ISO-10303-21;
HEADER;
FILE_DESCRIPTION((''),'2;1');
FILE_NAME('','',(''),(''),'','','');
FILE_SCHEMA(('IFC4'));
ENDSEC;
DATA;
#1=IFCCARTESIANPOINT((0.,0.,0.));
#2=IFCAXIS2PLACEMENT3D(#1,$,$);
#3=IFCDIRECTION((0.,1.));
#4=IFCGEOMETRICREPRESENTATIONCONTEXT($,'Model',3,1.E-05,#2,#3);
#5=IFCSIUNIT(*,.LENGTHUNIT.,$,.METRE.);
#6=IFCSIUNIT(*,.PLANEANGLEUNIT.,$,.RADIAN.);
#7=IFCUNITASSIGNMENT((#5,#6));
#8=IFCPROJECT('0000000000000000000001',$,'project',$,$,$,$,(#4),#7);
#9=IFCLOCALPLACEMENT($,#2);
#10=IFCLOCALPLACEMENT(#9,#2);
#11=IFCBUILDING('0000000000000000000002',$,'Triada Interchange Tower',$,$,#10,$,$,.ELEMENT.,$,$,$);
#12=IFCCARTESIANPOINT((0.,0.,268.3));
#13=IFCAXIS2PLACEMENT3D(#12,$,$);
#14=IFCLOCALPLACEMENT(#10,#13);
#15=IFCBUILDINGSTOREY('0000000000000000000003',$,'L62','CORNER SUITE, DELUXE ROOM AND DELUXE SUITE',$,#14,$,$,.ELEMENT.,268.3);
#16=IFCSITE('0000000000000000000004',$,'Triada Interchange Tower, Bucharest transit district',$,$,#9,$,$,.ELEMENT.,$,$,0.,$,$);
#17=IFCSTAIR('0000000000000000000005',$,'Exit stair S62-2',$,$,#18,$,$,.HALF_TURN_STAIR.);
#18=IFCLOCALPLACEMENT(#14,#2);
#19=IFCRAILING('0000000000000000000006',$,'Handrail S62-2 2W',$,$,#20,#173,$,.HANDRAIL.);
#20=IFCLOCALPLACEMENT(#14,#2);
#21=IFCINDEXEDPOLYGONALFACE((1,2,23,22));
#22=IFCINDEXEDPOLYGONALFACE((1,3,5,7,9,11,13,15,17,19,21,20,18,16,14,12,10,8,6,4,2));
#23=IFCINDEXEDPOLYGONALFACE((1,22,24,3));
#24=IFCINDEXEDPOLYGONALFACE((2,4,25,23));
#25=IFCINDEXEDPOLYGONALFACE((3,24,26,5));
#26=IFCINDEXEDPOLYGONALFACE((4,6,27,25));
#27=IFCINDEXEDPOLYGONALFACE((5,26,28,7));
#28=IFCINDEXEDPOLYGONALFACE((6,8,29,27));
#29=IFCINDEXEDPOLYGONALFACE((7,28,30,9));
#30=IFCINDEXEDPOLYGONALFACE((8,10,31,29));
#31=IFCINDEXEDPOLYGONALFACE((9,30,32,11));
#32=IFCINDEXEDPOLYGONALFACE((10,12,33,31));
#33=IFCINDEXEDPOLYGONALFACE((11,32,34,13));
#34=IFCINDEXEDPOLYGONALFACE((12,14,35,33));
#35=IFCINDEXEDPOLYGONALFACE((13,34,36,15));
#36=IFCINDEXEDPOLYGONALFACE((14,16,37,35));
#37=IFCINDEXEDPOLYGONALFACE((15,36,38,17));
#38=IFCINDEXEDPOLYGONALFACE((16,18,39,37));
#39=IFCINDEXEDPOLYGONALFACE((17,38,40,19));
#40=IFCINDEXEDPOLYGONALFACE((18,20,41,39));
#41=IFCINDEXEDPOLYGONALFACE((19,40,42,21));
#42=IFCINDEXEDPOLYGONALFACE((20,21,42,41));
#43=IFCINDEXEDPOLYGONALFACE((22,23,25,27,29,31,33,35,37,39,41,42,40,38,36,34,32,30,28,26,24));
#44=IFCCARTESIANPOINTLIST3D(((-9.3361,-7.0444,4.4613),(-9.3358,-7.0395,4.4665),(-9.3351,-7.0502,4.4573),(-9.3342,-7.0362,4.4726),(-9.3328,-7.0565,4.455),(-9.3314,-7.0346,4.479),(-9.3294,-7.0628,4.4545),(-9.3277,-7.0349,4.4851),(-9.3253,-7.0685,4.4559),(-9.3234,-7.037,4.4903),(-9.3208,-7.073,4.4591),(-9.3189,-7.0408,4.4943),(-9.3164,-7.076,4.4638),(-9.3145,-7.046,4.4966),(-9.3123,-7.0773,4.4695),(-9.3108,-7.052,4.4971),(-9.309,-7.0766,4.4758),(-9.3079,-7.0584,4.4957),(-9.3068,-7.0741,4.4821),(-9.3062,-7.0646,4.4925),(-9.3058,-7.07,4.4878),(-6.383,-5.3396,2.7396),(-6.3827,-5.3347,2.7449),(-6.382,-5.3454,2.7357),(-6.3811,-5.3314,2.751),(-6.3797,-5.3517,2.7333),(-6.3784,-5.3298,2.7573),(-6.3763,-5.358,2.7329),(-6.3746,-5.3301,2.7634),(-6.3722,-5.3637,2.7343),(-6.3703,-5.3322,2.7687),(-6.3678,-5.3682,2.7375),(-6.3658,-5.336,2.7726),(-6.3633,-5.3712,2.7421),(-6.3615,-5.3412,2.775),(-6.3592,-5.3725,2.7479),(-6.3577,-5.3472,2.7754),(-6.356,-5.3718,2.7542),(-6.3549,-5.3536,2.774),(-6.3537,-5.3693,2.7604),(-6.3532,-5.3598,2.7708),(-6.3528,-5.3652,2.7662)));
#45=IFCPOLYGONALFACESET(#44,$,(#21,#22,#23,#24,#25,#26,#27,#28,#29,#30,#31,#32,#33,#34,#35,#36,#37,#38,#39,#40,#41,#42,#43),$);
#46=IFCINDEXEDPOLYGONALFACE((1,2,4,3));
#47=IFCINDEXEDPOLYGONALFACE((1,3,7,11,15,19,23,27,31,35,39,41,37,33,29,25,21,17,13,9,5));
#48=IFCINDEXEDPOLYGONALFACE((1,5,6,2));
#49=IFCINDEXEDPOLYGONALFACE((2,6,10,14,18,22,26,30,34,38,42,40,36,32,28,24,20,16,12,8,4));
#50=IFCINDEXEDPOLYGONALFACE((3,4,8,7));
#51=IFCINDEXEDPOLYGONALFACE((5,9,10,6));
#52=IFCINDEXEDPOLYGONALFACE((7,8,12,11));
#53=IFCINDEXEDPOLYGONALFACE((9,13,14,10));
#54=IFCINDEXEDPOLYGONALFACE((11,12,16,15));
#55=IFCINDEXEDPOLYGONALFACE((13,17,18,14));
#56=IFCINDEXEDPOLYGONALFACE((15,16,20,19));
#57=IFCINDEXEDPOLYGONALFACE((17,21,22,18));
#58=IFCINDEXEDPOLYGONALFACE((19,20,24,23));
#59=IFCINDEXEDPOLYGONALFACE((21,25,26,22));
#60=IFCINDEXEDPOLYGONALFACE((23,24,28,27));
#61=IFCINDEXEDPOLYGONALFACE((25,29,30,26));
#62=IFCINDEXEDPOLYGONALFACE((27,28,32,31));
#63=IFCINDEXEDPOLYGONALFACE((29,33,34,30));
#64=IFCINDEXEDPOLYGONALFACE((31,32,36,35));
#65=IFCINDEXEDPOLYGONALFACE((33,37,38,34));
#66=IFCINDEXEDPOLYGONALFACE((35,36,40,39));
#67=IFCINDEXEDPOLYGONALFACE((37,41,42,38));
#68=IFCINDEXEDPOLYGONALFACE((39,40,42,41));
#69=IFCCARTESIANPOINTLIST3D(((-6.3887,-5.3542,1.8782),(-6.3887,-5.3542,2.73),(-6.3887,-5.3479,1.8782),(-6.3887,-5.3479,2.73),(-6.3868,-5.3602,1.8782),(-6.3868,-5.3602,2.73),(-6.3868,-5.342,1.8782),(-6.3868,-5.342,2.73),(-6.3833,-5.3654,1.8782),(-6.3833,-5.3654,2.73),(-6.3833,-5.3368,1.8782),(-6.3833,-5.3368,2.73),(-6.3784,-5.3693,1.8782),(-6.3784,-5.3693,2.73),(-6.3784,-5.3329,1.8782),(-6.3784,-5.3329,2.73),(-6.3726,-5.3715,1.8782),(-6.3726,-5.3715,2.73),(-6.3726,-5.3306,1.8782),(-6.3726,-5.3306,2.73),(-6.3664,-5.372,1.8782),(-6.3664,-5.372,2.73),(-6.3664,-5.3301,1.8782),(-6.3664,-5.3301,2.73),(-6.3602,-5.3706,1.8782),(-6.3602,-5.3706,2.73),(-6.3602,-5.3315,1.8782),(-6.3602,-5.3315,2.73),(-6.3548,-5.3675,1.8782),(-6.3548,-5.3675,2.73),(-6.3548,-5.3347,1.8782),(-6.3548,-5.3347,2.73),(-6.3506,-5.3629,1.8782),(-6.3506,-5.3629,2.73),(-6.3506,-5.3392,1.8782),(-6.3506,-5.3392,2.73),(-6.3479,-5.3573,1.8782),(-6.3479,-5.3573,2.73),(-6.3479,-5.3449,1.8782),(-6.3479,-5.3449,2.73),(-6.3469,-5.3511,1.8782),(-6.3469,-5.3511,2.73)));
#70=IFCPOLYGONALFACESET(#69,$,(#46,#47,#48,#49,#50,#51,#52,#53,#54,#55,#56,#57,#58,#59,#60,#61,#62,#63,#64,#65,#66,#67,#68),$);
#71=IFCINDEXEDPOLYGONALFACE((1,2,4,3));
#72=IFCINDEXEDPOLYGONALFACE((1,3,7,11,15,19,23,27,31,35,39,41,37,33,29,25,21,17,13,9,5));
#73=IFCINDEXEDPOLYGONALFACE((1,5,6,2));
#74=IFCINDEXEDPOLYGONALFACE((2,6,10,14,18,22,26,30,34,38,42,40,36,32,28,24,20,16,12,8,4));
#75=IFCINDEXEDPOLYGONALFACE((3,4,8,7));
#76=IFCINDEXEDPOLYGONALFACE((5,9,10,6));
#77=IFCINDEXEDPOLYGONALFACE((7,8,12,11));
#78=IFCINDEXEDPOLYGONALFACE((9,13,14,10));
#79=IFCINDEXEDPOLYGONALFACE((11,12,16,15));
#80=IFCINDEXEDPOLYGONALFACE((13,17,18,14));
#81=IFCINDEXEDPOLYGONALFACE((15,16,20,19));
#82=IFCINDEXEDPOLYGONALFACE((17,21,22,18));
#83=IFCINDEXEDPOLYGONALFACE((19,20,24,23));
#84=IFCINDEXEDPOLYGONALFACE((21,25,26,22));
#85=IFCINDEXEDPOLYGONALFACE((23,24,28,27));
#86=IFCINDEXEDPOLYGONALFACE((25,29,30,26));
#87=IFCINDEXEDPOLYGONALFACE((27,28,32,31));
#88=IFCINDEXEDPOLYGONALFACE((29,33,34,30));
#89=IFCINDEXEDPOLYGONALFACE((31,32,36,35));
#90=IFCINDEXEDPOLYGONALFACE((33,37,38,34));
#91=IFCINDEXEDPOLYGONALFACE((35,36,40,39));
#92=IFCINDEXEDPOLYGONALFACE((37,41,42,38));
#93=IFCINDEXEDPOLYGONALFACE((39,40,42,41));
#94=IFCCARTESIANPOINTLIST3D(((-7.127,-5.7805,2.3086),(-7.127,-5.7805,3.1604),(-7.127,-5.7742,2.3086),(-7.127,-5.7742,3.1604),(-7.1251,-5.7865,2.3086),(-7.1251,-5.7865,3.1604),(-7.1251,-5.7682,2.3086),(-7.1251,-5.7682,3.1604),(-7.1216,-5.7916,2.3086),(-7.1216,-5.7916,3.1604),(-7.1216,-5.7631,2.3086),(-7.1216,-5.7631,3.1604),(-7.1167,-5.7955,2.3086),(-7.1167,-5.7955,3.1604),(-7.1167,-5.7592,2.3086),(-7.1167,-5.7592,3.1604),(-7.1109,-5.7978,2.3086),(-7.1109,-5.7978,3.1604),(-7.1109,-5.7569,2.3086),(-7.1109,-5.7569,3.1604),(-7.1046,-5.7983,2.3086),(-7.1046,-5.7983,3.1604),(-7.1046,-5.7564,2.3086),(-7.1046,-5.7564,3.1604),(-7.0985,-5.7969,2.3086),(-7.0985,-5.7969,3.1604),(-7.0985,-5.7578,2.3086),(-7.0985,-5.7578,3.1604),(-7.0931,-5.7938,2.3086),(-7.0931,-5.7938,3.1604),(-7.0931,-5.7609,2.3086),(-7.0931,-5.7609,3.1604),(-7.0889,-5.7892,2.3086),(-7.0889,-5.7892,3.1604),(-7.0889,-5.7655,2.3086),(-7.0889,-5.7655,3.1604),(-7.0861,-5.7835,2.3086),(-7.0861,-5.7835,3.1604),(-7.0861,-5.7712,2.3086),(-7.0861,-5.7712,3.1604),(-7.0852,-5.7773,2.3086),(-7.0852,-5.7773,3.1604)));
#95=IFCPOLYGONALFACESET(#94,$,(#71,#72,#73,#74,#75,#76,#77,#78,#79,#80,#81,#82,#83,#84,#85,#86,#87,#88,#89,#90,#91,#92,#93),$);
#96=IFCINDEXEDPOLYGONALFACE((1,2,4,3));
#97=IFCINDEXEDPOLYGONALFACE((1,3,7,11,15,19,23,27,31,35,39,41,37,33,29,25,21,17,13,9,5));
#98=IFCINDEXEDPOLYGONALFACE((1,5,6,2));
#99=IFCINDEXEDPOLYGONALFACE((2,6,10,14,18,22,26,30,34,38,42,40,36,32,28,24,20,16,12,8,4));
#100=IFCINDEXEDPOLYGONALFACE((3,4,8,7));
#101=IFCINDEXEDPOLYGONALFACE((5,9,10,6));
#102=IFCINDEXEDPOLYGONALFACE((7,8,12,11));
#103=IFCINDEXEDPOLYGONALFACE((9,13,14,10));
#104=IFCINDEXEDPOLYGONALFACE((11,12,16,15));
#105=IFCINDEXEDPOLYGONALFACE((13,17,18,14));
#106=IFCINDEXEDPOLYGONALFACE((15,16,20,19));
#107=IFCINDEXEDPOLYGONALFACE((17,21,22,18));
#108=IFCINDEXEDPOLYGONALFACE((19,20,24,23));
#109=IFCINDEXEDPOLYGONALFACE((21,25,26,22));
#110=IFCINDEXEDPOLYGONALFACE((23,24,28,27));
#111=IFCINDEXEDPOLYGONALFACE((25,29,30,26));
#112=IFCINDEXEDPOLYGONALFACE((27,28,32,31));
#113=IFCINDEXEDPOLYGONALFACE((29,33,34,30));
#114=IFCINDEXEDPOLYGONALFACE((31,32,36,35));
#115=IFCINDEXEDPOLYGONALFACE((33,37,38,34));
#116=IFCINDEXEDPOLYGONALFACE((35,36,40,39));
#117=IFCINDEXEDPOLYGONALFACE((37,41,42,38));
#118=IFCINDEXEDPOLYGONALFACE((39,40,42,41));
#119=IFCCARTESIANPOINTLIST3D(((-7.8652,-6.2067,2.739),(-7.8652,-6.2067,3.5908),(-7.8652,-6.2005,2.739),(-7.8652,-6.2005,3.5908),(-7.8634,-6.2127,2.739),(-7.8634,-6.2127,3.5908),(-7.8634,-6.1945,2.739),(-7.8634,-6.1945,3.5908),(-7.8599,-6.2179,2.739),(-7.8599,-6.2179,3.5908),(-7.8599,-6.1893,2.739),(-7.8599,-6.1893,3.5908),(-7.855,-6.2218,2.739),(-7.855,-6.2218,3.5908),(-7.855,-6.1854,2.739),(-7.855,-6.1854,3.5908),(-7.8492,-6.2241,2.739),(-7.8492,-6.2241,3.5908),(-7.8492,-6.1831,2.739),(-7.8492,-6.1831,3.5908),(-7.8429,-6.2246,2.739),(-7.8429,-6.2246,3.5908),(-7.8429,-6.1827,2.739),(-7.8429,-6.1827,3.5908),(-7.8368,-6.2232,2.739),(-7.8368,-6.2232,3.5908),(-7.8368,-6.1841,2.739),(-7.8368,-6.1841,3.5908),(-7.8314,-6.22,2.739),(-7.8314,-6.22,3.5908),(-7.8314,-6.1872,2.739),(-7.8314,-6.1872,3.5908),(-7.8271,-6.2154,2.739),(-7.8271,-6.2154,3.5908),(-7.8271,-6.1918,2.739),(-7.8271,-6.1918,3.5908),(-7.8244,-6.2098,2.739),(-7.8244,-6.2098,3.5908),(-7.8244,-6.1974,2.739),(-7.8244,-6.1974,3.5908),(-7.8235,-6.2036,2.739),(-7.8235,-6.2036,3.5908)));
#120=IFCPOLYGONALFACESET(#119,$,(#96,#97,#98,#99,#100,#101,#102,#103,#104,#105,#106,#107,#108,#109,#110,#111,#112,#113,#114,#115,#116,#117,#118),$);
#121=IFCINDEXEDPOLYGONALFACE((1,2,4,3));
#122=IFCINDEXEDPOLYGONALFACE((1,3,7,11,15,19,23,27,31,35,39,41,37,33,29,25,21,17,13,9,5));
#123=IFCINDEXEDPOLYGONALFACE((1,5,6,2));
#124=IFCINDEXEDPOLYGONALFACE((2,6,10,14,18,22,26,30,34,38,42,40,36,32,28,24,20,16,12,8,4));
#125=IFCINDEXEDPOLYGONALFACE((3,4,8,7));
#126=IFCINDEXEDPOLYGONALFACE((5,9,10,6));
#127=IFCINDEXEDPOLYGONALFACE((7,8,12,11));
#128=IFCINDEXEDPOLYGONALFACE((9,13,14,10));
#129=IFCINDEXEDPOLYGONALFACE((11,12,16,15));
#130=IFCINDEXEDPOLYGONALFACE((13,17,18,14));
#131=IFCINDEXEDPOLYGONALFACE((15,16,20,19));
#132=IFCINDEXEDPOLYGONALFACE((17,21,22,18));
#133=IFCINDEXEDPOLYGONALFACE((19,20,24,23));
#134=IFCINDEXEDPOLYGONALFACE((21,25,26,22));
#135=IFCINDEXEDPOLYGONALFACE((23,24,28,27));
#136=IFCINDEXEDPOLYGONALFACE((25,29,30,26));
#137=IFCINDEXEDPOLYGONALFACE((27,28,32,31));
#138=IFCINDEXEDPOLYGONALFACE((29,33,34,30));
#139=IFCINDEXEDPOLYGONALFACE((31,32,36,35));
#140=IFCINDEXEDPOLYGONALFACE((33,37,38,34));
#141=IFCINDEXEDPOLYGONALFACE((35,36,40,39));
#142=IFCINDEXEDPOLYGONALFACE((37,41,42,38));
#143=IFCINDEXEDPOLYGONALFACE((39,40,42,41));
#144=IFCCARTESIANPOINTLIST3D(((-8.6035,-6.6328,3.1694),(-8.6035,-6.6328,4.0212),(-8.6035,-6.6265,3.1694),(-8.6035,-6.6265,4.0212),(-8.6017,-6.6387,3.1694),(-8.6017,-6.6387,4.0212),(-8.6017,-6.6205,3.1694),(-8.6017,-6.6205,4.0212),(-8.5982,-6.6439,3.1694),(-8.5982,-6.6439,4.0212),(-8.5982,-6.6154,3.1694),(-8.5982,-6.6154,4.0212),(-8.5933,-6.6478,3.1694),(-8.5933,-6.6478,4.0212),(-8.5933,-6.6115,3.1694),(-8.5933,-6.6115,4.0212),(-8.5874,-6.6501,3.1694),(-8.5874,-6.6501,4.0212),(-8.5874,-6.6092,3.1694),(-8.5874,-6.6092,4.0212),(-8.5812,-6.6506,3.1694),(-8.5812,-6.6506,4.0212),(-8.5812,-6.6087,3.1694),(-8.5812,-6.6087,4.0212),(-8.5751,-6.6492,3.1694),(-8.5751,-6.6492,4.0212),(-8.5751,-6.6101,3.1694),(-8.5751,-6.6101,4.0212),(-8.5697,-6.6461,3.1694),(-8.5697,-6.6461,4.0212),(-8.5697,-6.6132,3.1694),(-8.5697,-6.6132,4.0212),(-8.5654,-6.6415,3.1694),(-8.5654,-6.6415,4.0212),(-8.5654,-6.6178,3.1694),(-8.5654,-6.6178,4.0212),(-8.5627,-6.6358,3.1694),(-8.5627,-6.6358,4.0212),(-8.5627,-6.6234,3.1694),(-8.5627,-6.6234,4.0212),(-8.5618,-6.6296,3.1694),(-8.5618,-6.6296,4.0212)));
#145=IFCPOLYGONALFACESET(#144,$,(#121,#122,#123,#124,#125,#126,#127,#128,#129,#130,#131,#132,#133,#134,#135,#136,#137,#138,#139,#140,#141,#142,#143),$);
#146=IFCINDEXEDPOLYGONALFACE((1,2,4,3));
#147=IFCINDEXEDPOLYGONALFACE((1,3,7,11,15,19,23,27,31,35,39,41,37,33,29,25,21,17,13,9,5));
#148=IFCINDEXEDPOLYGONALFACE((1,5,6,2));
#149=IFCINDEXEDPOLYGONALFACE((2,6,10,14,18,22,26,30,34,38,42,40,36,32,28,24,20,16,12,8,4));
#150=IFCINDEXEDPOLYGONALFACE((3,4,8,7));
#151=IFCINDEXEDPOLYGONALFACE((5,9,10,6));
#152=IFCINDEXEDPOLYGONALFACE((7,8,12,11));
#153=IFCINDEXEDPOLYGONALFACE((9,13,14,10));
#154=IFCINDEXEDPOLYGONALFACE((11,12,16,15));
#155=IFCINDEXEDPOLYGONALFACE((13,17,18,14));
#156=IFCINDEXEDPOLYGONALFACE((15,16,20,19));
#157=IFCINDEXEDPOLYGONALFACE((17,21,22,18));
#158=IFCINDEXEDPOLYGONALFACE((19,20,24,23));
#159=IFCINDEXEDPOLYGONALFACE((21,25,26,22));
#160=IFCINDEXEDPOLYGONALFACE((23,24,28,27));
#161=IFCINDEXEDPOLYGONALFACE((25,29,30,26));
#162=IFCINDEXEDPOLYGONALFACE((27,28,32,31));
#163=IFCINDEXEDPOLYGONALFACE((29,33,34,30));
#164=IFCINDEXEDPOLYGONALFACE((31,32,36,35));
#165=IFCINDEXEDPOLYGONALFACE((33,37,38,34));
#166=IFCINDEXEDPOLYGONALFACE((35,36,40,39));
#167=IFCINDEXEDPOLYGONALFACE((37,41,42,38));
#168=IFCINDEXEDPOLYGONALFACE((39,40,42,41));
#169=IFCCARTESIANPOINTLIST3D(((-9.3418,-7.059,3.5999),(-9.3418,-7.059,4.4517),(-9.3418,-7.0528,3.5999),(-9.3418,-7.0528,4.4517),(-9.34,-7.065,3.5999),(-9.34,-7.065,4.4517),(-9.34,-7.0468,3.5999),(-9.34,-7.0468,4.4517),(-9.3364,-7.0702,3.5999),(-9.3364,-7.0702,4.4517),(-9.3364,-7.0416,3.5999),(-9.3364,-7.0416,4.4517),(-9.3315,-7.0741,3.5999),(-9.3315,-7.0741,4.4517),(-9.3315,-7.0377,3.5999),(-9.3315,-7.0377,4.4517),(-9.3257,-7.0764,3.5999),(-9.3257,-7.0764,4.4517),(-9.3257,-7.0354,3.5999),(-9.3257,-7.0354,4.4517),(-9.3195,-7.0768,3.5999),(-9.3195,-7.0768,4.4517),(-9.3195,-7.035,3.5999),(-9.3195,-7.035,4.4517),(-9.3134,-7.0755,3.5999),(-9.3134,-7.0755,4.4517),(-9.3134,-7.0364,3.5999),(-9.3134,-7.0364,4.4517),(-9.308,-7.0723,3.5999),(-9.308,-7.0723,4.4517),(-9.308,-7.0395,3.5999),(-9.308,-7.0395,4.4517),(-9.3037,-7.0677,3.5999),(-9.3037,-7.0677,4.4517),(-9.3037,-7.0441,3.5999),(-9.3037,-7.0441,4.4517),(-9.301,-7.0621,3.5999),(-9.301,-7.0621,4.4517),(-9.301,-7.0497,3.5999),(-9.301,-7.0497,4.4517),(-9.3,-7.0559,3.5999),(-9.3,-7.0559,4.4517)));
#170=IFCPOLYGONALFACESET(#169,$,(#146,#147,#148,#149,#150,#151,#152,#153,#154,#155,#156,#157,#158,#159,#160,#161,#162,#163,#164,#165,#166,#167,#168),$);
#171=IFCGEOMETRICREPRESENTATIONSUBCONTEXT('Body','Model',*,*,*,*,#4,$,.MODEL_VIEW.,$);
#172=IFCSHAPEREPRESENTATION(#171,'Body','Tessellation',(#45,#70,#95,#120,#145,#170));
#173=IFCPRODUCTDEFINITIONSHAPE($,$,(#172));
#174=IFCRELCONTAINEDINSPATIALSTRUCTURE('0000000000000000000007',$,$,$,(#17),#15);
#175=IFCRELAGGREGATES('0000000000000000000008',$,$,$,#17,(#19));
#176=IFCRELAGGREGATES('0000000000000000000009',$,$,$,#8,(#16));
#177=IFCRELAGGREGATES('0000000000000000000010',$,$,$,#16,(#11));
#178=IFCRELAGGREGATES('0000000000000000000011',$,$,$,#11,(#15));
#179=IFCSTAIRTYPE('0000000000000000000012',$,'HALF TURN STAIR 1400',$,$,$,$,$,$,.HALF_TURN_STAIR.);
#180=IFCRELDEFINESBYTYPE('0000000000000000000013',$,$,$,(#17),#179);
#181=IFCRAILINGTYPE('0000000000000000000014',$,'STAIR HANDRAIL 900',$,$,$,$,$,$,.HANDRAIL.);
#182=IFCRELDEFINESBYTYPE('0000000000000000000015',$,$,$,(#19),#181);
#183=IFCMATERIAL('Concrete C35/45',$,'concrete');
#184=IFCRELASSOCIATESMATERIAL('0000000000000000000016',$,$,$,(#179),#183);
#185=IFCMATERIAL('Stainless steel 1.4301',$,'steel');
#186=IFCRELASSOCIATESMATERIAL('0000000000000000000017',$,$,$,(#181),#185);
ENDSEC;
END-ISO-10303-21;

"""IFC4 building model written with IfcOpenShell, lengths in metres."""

from ifc_helpers import new_model, si_unit, direction, frame, origin, origin_2d, place, context, subcontext, project, spatial, circle, extrude, material, type_object, element, aggregate, save


model = new_model("IFC4")

# Units and contexts
model_context = context("Model", 3, precision=1e-05, world=origin(), true_north=direction((0.0, 1.0)))
body_context = subcontext(model_context, "Body", "Model", "MODEL_VIEW")
ifc_project = project(units=[si_unit("LENGTHUNIT", "METRE"), si_unit("PLANEANGLEUNIT", "RADIAN")], contexts=[model_context])

# Site, building, storey
site_placement = place(None, origin())
site = spatial("IfcSite", under=ifc_project, at=site_placement, Name="Triada Interchange Tower, Bucharest transit district", CompositionType="ELEMENT", RefElevation=0.0)
building_placement = place(site_placement, origin())
building = spatial("IfcBuilding", under=site, at=building_placement, Name="Triada Interchange Tower", CompositionType="ELEMENT")
storey_placement = place(building_placement, frame((0.0, 0.0, 268.3)))
storey = spatial("IfcBuildingStorey", under=building, at=storey_placement, Name="L62", Description="CORNER SUITE, DELUXE ROOM AND DELUXE SUITE", CompositionType="ELEMENT", Elevation=268.3)

# Stair, railing
ifc_material_1 = material(Name="Concrete C35/45", Category="concrete")
stair_type = type_object("IfcStairType", Name="HALF TURN STAIR 1400", PredefinedType="HALF_TURN_STAIR", material=ifc_material_1)
stair_placement = place(storey_placement, origin())
stair = element("IfcStair", 1, at=stair_placement, inside=storey, type_object=stair_type, Name="Exit stair S62-2", PredefinedType="HALF_TURN_STAIR")
ifc_material_2 = material(Name="Stainless steel 1.4301", Category="steel")
railing_type = type_object("IfcRailingType", Name="STAIR HANDRAIL 900", PredefinedType="HANDRAIL", material=ifc_material_2)
railing_1_placement = place(storey_placement, frame((-6.3679, -5.3511, 1.8782)))
railing_1 = element("IfcRailing", 2, at=railing_1_placement, type_object=railing_type, Name="Handrail S62-2 2W", PredefinedType="HANDRAIL", context=body_context, shape_type="SweptSolid", body=[
    extrude(circle(Radius=0.0239, at=origin_2d()), frame((0.0, 0.0, 0.876), z_axis=(-0.773091, -0.446304, 0.450714), x_axis=(0.499966, -0.866045, 0.0)), (0.0, 0.0, 1.0), 3.8198),
    extrude(circle(Radius=0.021, at=origin_2d()), origin(), (0.0, 0.0, 1.0), 0.8518),
    extrude(circle(Radius=0.021, at=origin_2d()), frame((-0.7383, -0.4263, 0.4304)), (0.0, 0.0, 1.0), 0.8518),
    extrude(circle(Radius=0.021, at=origin_2d()), frame((-1.4766, -0.8525, 0.8608)), (0.0, 0.0, 1.0), 0.8518),
    extrude(circle(Radius=0.021, at=origin_2d()), frame((-2.2148, -1.2786, 1.2913)), (0.0, 0.0, 1.0), 0.8518),
    extrude(circle(Radius=0.021, at=origin_2d()), frame((-2.9531, -1.7048, 1.7217)), (0.0, 0.0, 1.0), 0.8518),
])
aggregate(stair, [railing_1])

save(model, "model.ifc")
